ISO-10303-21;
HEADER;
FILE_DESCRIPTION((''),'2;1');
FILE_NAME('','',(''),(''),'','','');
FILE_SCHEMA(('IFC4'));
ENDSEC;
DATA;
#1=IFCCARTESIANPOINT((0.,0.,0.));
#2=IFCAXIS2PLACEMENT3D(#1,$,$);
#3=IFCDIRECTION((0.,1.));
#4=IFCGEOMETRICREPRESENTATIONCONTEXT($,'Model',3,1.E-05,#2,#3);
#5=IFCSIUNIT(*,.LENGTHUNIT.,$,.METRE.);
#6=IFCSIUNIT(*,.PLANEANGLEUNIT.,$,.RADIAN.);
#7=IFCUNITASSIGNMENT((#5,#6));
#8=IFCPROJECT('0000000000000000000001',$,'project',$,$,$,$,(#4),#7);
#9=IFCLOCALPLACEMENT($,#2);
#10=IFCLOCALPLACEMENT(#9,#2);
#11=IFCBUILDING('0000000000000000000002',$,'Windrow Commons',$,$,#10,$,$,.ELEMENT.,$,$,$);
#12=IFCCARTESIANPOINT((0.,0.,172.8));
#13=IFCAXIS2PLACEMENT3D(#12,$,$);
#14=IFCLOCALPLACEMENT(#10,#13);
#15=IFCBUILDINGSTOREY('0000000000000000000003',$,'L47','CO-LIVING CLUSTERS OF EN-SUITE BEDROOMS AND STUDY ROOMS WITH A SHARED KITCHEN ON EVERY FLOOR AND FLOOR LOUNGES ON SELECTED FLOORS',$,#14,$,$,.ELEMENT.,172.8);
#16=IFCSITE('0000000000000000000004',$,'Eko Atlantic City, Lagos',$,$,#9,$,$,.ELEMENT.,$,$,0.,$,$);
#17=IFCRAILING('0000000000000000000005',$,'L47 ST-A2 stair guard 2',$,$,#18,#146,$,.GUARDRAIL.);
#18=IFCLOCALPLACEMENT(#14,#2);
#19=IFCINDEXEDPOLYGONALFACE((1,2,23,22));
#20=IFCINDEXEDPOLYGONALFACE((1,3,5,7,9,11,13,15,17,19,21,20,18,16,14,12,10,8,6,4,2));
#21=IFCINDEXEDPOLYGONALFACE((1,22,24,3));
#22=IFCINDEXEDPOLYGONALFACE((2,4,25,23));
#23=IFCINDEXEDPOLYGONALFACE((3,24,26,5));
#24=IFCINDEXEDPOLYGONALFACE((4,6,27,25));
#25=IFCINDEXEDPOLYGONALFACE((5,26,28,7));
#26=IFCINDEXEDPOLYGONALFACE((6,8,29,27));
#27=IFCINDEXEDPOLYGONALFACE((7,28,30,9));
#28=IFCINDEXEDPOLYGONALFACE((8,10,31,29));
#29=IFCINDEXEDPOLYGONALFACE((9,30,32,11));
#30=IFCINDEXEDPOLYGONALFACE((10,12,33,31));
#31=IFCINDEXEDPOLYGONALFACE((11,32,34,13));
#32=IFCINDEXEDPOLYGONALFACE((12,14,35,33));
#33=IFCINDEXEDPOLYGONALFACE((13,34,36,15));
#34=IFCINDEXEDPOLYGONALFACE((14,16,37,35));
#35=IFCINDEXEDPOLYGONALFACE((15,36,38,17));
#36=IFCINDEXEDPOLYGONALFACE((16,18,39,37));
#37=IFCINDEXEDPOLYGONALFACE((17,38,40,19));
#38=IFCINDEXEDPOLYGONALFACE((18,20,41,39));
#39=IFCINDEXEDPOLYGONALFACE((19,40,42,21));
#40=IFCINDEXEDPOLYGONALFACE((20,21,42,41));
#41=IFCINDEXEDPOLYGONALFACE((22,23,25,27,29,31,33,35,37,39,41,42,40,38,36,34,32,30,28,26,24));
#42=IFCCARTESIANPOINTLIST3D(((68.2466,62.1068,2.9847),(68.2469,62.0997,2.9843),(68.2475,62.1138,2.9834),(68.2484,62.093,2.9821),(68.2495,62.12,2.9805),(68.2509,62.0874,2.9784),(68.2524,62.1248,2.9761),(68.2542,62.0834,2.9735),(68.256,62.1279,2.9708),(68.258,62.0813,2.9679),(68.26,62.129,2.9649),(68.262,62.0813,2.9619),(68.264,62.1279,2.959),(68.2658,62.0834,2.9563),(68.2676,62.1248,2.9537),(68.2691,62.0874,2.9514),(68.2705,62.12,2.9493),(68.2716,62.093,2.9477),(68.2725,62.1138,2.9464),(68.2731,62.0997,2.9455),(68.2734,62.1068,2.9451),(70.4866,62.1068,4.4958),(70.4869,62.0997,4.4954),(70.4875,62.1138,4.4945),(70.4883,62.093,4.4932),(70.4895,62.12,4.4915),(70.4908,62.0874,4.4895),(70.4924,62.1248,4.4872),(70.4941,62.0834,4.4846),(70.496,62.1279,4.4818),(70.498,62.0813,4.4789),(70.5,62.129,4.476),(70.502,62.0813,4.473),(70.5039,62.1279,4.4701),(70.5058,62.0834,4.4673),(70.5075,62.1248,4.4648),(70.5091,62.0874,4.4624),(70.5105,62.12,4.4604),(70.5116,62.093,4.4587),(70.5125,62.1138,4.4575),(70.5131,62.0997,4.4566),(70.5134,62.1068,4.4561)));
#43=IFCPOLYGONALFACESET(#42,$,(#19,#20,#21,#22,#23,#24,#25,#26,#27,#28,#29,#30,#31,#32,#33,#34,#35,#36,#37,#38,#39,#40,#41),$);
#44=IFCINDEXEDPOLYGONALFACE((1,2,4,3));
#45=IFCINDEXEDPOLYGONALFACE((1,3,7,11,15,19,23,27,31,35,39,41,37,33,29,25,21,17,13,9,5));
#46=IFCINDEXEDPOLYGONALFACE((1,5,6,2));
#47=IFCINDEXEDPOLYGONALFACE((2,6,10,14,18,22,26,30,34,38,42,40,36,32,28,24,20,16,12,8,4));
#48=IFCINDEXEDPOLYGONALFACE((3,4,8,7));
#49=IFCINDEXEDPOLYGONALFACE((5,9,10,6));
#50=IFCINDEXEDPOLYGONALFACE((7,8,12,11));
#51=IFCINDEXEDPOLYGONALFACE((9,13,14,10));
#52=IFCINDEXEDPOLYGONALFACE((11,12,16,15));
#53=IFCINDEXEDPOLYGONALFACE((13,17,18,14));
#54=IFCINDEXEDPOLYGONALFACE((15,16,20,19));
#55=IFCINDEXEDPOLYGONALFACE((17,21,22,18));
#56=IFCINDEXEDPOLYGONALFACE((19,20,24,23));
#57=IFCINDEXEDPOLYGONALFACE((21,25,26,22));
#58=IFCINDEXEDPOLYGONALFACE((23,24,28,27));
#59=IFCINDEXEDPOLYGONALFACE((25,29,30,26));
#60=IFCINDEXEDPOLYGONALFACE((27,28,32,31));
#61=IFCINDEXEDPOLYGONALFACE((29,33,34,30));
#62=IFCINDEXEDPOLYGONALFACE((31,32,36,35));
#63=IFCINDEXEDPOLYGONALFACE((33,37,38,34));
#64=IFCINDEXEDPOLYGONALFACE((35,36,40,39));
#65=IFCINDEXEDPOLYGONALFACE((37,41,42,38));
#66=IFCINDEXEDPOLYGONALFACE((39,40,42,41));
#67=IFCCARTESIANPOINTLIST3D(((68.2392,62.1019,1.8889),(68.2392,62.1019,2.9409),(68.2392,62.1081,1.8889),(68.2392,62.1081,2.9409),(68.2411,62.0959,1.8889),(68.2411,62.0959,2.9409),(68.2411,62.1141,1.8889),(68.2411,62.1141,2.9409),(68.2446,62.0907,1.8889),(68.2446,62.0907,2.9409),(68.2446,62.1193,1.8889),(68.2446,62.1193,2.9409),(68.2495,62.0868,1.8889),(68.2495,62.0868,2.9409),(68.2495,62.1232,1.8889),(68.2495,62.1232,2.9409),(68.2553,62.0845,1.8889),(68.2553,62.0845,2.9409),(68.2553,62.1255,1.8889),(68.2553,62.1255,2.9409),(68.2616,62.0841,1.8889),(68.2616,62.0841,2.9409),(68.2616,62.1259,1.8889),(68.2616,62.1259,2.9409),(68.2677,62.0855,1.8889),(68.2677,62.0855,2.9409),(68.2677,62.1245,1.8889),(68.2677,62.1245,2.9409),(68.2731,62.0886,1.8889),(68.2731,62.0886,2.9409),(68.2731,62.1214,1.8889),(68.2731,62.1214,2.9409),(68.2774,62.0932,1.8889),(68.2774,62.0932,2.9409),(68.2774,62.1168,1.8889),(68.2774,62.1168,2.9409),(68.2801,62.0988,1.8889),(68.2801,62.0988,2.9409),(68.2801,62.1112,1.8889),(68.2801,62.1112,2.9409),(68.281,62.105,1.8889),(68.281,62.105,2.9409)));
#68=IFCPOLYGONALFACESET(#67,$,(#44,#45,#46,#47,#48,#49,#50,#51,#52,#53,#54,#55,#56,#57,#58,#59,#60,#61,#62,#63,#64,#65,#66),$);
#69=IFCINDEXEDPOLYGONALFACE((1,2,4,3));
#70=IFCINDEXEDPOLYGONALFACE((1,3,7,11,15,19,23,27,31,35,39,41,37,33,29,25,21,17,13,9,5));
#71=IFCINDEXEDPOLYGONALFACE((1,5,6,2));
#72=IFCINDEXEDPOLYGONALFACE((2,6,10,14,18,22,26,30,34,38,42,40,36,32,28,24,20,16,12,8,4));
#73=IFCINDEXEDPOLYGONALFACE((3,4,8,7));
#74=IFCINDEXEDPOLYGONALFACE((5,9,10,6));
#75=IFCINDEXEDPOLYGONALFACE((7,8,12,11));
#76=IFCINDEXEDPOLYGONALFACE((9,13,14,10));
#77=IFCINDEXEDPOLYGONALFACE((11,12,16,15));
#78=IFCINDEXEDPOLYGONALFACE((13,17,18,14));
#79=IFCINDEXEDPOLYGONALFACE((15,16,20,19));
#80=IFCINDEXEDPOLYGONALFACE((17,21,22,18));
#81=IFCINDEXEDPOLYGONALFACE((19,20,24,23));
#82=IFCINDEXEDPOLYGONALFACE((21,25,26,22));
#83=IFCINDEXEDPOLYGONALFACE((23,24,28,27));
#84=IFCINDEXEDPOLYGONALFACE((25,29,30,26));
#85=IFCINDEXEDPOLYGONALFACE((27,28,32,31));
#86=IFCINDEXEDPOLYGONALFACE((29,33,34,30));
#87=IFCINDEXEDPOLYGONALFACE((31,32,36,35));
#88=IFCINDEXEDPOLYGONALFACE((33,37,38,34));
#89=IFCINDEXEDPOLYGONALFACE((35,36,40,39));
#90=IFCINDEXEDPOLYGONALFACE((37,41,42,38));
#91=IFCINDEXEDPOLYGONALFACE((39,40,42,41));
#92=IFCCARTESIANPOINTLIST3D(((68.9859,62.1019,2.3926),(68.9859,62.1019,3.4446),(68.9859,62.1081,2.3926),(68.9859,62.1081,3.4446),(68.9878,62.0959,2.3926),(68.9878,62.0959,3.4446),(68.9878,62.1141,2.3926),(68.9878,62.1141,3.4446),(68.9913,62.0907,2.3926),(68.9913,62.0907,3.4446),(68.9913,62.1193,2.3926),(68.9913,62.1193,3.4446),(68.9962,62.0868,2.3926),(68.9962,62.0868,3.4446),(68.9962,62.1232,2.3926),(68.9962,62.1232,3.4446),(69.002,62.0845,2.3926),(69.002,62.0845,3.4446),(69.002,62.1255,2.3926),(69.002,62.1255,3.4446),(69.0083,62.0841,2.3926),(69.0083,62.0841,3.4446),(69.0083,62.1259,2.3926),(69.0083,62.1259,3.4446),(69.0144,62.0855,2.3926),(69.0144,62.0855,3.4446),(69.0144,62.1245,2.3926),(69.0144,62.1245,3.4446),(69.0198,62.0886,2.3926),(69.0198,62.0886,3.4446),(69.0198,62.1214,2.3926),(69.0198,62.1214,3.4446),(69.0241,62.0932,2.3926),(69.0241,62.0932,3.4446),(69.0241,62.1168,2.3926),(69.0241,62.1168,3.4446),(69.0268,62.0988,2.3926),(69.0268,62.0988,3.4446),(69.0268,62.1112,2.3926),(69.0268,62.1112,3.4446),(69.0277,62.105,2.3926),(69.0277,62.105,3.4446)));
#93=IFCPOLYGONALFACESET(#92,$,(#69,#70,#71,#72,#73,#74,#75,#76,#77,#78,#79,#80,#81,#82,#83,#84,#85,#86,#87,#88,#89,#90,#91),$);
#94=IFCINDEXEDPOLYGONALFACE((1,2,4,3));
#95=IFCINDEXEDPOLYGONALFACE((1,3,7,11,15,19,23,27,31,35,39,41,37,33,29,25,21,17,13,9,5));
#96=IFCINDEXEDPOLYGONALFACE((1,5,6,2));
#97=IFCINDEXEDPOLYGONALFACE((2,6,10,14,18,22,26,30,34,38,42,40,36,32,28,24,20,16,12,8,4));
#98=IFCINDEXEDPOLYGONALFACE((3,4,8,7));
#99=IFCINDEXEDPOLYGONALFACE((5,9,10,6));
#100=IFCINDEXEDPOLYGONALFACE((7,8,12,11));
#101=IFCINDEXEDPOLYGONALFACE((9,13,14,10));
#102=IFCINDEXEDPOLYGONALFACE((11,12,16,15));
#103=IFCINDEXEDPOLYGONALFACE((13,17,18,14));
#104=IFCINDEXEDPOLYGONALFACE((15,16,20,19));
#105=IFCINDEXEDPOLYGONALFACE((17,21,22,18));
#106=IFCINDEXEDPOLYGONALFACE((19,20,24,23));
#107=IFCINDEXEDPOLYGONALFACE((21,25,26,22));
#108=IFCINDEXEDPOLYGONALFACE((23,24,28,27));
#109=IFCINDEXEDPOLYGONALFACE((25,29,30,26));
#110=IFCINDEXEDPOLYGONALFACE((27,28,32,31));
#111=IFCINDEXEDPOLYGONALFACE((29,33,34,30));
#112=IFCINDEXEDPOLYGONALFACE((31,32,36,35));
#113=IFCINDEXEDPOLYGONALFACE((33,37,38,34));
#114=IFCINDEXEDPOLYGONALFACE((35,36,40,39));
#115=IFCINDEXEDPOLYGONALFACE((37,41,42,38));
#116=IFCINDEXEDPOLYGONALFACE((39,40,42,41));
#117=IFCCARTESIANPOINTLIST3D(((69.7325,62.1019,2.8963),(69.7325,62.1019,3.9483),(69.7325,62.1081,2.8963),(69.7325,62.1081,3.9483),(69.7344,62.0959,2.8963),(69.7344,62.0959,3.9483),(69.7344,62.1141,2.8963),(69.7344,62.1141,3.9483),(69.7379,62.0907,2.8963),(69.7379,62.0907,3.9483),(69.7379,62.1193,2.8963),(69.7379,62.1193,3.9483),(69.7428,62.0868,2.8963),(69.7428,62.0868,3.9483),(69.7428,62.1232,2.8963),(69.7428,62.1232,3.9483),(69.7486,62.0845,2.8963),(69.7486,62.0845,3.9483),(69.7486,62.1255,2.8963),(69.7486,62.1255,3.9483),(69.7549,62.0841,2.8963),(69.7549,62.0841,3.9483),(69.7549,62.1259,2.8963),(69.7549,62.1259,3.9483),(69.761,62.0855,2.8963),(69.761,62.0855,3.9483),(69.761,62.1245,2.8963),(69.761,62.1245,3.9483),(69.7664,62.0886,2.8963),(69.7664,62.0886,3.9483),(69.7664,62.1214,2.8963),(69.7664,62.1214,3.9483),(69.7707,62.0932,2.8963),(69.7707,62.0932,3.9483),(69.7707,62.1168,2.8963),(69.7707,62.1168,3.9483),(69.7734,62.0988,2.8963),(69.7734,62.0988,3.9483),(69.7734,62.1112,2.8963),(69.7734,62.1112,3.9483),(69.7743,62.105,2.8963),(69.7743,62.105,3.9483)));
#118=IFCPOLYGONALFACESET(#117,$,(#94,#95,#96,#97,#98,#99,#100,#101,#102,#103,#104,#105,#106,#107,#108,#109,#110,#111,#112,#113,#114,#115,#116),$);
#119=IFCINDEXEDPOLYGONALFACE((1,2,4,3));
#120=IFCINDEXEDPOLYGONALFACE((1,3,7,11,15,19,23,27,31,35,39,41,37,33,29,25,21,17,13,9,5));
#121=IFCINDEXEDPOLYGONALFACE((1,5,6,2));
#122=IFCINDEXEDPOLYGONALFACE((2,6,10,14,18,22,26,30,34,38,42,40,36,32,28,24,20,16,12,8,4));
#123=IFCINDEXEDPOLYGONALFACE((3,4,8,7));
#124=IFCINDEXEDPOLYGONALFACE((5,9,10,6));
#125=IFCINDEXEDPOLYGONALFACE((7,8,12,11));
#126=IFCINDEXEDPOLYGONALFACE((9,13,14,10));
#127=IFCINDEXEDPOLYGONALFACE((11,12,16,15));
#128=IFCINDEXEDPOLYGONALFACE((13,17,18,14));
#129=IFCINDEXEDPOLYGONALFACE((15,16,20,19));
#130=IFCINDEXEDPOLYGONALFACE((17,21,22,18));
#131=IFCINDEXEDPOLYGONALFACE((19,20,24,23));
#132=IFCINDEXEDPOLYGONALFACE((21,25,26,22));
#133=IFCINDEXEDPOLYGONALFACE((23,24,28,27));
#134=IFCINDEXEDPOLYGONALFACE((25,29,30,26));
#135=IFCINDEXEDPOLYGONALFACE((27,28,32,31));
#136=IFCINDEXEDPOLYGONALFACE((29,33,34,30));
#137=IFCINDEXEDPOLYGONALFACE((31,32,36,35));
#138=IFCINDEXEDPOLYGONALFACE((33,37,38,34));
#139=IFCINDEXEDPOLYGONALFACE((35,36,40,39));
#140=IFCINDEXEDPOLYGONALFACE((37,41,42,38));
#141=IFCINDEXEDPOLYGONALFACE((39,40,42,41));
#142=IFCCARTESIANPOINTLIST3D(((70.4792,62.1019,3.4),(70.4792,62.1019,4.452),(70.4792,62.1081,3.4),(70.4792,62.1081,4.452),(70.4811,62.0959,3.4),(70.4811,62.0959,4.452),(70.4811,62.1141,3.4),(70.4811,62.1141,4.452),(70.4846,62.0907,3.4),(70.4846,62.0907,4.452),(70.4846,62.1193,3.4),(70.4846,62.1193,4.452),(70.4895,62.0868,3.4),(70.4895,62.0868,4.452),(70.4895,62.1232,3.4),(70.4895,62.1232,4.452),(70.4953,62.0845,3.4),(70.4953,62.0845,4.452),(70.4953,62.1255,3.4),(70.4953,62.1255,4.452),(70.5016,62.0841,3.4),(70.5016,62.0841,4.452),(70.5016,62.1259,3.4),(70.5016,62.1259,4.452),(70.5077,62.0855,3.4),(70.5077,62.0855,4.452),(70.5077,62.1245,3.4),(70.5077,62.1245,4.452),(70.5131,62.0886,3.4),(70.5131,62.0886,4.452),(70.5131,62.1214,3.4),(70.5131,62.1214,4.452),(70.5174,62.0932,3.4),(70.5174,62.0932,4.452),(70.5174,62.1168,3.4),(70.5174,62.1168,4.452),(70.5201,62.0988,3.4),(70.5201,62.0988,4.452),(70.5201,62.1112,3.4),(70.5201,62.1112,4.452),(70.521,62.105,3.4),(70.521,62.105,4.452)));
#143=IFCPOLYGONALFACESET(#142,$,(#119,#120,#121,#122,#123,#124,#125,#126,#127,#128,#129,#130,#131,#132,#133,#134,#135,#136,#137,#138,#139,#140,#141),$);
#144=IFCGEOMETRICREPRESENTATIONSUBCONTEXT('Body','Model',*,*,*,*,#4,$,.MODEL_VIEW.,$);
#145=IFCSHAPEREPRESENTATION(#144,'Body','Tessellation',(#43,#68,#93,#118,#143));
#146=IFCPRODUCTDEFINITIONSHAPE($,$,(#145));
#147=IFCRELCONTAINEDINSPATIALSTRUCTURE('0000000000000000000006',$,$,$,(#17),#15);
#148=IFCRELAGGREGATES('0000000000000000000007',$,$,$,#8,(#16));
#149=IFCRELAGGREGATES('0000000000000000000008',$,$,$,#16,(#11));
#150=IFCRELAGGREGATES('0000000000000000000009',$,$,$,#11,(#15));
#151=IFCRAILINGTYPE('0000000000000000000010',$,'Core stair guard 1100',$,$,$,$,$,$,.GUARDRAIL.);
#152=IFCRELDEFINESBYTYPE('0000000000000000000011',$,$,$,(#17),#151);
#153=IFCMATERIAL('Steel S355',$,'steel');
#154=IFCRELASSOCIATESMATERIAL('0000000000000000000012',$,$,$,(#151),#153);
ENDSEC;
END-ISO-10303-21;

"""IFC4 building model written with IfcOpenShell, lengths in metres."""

from ifc_helpers import new_model, si_unit, direction, frame, origin, origin_2d, place, context, subcontext, project, spatial, circle, extrude, material, type_object, element, save


model = new_model("IFC4")

# Units and contexts
model_context = context("Model", 3, precision=1e-05, world=origin(), true_north=direction((0.0, 1.0)))
body_context = subcontext(model_context, "Body", "Model", "MODEL_VIEW")
ifc_project = project(units=[si_unit("LENGTHUNIT", "METRE"), si_unit("PLANEANGLEUNIT", "RADIAN")], contexts=[model_context])

# Site, building, storey
site_placement = place(None, origin())
site = spatial("IfcSite", under=ifc_project, at=site_placement, Name="Eko Atlantic City, Lagos", CompositionType="ELEMENT", RefElevation=0.0)
building_placement = place(site_placement, origin())
building = spatial("IfcBuilding", under=site, at=building_placement, Name="Windrow Commons", CompositionType="ELEMENT")
storey_placement = place(building_placement, frame((0.0, 0.0, 172.8)))
storey = spatial("IfcBuildingStorey", under=building, at=storey_placement, Name="L47", Description="CO-LIVING CLUSTERS OF EN-SUITE BEDROOMS AND STUDY ROOMS WITH A SHARED KITCHEN ON EVERY FLOOR AND FLOOR LOUNGES ON SELECTED FLOORS", CompositionType="ELEMENT", Elevation=172.8)

# Railing
ifc_material_1 = material(Name="Steel S355", Category="steel")
railing_type_1 = type_object("IfcRailingType", Name="Core stair guard 1100", PredefinedType="GUARDRAIL", material=ifc_material_1)
railing_1_placement = place(storey_placement, frame((68.26, 62.105, 1.8889)))
element("IfcRailing", 1, at=railing_1_placement, inside=storey, type_object=railing_type_1, Name="L47 ST-A2 stair guard 2", PredefinedType="GUARDRAIL", context=body_context, shape_type="SweptSolid", body=[
    extrude(circle(Radius=0.024, at=origin_2d()), frame((0.0, 0.0, 1.076), z_axis=(0.829003, 0.0, 0.559244), x_axis=(0.0, 1.0, 0.0)), (0.0, 0.0, 1.0), 2.702),
    extrude(circle(Radius=0.021, at=origin_2d()), origin(), (0.0, 0.0, 1.0), 1.052),
    extrude(circle(Radius=0.021, at=origin_2d()), frame((0.7467, 0.0, 0.5037)), (0.0, 0.0, 1.0), 1.052),
    extrude(circle(Radius=0.021, at=origin_2d()), frame((1.4933, 0.0, 1.0074)), (0.0, 0.0, 1.0), 1.052),
    extrude(circle(Radius=0.021, at=origin_2d()), frame((2.24, 0.0, 1.5111)), (0.0, 0.0, 1.0), 1.052),
])

save(model, "model.ifc")
